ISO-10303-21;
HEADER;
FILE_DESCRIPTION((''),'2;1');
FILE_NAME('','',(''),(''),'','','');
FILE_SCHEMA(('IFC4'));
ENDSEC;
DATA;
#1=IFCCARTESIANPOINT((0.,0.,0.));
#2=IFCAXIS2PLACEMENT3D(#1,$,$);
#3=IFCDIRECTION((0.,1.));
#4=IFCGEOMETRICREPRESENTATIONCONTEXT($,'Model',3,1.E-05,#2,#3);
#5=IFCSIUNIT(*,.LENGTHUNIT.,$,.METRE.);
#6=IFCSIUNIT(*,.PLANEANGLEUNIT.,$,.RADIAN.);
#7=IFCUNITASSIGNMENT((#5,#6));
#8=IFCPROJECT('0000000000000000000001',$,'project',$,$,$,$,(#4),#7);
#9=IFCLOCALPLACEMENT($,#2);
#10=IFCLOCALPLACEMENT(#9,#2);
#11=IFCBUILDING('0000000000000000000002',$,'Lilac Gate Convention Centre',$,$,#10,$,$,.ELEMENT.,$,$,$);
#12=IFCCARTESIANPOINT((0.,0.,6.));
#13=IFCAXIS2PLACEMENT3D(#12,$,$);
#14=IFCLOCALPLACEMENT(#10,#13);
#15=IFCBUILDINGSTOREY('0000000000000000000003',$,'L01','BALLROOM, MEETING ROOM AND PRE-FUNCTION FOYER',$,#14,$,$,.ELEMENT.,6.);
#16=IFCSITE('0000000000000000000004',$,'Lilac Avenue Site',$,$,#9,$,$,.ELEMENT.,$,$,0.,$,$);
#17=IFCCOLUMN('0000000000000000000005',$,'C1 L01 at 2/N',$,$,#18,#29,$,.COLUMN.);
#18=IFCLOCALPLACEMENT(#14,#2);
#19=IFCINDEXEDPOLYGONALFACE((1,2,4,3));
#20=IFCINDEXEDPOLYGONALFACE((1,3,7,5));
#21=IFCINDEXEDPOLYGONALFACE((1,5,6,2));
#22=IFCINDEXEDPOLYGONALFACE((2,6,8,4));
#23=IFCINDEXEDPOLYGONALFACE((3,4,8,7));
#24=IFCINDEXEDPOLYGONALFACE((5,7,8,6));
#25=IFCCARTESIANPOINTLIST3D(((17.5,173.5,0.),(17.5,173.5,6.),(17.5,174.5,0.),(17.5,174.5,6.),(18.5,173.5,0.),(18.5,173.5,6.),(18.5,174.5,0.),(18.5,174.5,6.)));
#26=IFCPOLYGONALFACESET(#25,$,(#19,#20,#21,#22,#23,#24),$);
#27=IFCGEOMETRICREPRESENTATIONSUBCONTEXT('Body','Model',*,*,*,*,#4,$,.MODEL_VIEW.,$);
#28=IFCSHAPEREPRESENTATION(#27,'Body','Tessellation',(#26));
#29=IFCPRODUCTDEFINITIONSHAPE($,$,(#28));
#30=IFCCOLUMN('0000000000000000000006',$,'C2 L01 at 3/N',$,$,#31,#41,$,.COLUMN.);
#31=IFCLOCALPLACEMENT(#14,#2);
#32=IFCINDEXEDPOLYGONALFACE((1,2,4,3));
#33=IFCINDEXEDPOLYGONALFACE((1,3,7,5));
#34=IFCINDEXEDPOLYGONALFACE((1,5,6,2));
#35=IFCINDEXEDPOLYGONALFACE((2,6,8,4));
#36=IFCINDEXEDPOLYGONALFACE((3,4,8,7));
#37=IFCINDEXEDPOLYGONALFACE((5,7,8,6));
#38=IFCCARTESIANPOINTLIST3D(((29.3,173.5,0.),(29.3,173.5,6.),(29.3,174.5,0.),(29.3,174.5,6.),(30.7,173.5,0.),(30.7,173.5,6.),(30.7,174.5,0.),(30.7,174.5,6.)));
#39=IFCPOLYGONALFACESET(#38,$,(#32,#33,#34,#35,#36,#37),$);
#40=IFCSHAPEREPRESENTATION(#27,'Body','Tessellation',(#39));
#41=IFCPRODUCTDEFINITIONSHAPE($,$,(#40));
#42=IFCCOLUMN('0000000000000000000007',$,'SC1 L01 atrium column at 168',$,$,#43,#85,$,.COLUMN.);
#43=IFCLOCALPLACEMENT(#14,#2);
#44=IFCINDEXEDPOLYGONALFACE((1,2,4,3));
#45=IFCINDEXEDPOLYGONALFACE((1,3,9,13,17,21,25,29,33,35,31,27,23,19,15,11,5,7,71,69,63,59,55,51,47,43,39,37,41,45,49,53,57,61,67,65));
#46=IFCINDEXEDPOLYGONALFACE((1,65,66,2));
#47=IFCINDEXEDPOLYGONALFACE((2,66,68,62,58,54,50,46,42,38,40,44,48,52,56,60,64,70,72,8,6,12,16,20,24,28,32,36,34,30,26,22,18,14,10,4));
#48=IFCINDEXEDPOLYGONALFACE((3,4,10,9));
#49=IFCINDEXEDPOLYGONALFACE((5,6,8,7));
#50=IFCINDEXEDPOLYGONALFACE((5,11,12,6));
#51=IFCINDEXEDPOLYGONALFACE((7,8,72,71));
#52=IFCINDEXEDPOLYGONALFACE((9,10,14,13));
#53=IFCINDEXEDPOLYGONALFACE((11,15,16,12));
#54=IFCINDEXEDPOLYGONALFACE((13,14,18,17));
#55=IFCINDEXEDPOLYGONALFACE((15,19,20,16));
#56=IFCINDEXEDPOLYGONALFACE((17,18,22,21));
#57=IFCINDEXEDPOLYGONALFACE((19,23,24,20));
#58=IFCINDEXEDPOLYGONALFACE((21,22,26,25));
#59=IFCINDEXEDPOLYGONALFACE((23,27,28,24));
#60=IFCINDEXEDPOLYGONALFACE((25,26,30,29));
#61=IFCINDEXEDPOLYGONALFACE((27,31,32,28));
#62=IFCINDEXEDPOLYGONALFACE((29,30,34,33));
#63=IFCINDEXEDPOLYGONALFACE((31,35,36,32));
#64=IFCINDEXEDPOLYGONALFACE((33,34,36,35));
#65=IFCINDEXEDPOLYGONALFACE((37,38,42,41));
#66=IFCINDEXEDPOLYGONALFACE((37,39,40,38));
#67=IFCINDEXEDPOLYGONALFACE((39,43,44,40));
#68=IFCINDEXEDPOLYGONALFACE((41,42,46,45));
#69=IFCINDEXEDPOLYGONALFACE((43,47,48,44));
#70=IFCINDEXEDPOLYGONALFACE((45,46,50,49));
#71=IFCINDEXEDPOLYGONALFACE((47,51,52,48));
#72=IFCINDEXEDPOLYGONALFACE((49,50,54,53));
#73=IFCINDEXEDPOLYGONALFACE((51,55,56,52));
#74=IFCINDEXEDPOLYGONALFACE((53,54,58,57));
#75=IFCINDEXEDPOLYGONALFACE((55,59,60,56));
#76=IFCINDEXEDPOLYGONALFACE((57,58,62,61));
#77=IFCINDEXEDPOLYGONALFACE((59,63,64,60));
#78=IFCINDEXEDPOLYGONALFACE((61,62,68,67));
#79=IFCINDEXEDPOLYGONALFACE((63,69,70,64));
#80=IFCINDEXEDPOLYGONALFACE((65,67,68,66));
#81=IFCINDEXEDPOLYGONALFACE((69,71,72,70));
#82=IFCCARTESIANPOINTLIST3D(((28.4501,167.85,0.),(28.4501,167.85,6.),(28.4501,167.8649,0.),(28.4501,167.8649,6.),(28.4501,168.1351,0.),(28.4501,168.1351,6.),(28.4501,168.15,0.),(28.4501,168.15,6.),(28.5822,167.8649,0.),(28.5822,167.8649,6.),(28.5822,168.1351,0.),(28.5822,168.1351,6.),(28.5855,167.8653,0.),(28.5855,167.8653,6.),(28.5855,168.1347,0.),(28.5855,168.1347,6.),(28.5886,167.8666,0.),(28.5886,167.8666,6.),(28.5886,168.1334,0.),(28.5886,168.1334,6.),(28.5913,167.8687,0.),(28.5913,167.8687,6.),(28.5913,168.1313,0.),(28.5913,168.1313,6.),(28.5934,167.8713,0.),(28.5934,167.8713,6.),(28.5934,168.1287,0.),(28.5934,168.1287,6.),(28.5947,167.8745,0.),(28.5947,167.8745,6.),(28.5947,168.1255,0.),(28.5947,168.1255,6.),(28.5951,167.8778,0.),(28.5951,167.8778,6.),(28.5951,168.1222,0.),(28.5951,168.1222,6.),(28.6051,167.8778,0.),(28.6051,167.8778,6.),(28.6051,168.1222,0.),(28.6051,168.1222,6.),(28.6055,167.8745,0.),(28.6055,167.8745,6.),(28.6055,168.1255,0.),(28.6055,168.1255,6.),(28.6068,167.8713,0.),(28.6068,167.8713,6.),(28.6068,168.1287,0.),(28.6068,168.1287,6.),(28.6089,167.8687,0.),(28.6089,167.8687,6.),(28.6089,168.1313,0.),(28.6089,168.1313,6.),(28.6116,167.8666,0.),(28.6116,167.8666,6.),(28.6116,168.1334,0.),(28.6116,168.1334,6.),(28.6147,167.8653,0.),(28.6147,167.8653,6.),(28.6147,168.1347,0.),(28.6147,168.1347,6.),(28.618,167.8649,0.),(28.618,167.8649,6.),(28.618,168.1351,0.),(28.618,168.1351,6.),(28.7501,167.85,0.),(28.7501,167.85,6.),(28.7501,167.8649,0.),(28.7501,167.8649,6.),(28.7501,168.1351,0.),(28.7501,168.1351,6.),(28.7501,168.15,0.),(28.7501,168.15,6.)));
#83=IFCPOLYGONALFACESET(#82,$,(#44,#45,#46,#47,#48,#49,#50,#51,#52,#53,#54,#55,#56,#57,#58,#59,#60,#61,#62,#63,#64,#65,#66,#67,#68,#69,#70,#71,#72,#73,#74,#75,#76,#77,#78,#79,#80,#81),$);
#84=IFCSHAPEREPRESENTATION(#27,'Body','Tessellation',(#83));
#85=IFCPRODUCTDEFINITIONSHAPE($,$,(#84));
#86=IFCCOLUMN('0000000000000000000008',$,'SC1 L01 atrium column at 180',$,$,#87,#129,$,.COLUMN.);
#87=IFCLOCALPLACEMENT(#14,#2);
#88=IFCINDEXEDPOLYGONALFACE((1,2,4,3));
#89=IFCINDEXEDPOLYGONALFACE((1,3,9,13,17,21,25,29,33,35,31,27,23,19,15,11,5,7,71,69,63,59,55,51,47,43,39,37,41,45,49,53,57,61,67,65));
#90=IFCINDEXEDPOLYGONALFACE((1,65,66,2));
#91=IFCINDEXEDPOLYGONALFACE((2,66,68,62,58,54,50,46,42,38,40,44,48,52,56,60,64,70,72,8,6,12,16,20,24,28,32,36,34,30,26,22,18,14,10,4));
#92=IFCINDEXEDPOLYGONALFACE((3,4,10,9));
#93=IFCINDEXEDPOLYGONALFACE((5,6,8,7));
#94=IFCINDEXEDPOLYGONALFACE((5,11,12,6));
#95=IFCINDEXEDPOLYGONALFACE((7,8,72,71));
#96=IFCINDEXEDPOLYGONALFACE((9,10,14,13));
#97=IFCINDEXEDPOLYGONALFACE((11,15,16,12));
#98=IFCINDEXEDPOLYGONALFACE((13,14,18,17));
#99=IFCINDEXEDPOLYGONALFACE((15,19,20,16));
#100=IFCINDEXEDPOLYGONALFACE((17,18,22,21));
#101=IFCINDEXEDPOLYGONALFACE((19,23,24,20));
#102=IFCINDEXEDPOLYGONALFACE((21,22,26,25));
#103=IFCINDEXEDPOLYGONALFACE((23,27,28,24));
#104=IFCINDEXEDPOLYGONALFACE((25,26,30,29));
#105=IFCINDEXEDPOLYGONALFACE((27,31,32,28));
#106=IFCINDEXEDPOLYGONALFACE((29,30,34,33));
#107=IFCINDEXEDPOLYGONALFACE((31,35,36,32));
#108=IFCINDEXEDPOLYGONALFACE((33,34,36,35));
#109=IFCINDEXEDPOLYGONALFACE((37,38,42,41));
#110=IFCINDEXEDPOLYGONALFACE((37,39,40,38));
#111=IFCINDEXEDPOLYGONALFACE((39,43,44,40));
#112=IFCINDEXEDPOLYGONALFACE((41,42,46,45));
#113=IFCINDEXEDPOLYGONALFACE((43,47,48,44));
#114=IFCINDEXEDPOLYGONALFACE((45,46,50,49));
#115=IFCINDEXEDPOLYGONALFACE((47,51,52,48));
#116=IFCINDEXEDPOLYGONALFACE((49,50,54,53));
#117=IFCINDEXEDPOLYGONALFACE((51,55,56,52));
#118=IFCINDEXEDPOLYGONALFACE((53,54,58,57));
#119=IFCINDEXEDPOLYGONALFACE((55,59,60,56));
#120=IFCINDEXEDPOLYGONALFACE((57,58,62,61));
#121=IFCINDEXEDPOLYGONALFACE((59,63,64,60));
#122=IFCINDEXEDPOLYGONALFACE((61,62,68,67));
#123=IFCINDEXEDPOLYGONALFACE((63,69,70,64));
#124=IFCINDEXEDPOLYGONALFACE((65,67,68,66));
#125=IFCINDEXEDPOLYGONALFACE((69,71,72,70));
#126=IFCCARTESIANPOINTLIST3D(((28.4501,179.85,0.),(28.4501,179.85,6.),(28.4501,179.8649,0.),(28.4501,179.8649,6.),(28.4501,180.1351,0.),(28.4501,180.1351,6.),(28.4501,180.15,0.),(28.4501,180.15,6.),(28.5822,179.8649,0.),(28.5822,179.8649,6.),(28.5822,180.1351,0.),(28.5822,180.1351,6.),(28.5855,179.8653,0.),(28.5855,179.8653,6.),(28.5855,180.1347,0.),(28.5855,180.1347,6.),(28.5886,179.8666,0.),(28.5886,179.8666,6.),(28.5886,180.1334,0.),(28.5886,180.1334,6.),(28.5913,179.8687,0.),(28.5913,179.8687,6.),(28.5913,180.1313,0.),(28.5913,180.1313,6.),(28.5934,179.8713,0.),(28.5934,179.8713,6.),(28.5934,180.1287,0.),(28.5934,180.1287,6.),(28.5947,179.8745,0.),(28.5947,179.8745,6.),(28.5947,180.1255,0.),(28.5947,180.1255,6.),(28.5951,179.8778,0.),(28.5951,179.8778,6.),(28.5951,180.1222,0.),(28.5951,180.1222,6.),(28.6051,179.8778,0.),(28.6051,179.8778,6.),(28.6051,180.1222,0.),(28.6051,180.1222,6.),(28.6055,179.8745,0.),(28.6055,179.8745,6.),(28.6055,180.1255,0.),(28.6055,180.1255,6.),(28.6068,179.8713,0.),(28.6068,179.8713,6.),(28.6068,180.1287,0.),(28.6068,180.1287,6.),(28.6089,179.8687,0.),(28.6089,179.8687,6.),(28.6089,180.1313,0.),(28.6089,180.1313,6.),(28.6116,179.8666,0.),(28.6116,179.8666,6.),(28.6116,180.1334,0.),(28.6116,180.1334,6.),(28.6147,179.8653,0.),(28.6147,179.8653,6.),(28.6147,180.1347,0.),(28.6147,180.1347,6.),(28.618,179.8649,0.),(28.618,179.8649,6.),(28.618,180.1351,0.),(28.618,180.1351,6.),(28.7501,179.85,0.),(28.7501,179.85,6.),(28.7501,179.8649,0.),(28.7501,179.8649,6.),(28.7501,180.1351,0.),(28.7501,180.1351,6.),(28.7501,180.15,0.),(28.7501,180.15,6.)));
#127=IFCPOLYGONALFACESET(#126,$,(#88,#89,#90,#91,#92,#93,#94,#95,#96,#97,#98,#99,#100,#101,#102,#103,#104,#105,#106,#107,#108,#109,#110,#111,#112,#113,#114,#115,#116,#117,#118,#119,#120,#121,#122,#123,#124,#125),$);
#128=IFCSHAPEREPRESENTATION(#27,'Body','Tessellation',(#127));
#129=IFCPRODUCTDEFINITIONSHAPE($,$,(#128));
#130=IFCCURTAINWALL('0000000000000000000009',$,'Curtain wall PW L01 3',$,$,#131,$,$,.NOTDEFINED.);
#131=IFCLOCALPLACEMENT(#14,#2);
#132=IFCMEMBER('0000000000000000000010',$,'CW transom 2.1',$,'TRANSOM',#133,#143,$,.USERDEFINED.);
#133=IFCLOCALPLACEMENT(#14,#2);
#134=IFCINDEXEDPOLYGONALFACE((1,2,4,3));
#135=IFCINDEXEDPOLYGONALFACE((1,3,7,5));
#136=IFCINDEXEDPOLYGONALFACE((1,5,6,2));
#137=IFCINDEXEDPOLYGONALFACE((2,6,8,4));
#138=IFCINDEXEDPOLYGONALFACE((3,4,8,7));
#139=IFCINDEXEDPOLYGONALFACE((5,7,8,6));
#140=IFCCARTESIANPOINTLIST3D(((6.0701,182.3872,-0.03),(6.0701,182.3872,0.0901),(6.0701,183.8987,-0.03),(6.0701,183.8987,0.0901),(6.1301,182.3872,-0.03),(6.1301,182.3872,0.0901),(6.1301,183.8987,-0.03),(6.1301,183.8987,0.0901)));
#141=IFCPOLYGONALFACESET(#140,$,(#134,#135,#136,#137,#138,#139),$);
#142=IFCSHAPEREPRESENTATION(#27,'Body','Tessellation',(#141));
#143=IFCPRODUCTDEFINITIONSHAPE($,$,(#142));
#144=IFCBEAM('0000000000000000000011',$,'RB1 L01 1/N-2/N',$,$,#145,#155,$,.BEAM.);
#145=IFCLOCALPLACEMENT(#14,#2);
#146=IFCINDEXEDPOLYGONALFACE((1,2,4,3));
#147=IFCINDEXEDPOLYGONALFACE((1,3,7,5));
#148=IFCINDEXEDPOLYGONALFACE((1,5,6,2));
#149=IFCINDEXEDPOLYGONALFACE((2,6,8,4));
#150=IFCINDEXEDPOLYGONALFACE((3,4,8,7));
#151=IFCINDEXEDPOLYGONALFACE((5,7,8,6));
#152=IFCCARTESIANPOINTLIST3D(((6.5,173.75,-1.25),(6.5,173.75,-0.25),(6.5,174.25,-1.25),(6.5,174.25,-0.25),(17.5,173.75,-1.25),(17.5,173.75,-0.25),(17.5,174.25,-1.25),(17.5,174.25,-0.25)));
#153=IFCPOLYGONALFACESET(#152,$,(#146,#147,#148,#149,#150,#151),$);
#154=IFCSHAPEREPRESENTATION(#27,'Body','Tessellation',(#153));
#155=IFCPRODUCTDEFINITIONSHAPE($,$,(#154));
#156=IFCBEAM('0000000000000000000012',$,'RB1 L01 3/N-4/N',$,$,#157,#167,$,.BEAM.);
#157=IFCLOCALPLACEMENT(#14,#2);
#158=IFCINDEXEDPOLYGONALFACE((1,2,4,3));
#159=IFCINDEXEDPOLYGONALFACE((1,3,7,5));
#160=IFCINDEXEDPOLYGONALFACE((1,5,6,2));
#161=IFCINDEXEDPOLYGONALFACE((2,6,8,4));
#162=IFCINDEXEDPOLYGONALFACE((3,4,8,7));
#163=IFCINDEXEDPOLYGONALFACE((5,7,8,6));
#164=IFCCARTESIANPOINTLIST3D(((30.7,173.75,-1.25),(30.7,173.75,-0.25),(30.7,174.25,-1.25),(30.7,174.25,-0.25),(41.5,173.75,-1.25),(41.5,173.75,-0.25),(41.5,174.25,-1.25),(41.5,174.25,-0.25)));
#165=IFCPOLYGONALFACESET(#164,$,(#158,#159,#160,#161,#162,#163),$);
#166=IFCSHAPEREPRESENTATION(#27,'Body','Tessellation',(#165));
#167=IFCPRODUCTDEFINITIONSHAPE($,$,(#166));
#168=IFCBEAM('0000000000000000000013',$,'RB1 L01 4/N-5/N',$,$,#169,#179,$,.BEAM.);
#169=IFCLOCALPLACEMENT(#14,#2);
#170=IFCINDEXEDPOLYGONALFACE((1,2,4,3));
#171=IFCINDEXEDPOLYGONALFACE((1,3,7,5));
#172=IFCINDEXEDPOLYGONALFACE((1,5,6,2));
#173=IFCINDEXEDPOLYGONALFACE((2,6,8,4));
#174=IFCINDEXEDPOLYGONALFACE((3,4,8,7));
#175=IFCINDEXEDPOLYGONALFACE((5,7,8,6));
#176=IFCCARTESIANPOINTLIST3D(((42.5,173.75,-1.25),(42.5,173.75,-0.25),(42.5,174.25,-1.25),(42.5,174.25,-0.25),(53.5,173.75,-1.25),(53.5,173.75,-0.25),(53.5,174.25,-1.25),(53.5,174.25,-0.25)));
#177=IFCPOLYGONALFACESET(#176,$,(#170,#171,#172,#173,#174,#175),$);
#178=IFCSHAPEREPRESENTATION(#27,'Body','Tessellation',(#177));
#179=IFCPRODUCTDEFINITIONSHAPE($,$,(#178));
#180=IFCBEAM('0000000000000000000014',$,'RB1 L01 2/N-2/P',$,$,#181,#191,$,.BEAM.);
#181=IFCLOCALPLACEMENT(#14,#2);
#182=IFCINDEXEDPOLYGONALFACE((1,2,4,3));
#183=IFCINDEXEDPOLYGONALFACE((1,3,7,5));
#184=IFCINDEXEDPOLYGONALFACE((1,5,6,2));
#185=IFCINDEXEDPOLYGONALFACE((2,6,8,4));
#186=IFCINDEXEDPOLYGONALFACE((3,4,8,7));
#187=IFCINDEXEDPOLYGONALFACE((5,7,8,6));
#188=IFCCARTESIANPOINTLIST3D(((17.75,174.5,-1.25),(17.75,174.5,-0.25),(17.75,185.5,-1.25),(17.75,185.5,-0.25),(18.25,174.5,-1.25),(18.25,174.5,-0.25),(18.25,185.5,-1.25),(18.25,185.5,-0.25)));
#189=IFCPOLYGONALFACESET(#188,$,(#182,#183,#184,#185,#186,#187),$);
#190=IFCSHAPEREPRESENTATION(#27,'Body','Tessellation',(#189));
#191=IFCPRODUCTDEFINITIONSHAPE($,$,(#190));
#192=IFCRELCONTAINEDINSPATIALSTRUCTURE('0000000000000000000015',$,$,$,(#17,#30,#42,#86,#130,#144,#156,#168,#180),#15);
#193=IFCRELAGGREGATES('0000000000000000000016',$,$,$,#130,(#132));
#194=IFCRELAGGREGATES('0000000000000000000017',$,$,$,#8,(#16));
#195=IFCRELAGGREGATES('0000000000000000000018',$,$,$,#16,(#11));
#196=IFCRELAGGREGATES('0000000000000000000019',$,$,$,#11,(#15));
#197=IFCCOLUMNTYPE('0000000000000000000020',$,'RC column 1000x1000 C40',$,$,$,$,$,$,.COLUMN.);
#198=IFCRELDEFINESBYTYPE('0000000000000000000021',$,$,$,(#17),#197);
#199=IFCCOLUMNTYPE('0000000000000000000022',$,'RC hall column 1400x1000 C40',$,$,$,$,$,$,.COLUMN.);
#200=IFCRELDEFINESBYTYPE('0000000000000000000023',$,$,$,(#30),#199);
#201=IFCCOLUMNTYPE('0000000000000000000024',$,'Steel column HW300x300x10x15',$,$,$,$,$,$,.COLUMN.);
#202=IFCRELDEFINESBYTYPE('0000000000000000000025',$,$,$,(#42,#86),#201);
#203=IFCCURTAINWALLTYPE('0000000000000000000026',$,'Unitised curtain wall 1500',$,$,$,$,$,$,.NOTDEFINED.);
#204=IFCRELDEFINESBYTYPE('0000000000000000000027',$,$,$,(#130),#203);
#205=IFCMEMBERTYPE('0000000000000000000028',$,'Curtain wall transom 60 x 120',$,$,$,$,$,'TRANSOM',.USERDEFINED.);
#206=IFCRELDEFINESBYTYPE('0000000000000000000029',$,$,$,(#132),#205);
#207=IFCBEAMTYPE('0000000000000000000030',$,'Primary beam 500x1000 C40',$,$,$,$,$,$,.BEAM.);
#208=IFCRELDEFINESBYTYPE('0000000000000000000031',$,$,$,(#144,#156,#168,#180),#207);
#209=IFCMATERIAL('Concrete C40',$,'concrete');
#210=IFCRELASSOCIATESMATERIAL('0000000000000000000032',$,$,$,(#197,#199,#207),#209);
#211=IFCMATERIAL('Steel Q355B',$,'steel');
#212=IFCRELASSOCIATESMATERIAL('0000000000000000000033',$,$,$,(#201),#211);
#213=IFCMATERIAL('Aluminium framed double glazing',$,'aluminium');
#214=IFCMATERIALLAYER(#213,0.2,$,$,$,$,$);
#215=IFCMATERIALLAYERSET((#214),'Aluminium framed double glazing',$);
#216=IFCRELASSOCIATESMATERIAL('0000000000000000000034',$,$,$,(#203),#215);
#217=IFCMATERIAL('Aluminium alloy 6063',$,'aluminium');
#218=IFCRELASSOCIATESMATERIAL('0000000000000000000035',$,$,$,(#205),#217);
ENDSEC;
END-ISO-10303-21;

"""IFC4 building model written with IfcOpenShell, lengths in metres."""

from ifc_helpers import new_model, si_unit, direction, frame, origin, origin_2d, place, context, subcontext, project, spatial, rectangle, i_section, extrude, material, layer, layer_set, material_profile, profile_set, type_object, element, aggregate, save


model = new_model("IFC4")

# Units and contexts
model_context = context("Model", 3, precision=1e-05, world=origin(), true_north=direction((0.0, 1.0)))
body_context = subcontext(model_context, "Body", "Model", "MODEL_VIEW")
ifc_project = project(units=[si_unit("LENGTHUNIT", "METRE"), si_unit("PLANEANGLEUNIT", "RADIAN")], contexts=[model_context])

# Site, building, storey
site_placement = place(None, origin())
site = spatial("IfcSite", under=ifc_project, at=site_placement, Name="Lilac Avenue Site", CompositionType="ELEMENT", RefElevation=0.0)
building_placement = place(site_placement, origin())
building = spatial("IfcBuilding", under=site, at=building_placement, Name="Lilac Gate Convention Centre", CompositionType="ELEMENT")
storey_placement = place(building_placement, frame((0.0, 0.0, 6.0)))
storey = spatial("IfcBuildingStorey", under=building, at=storey_placement, Name="L01", Description="BALLROOM, MEETING ROOM AND PRE-FUNCTION FOYER", CompositionType="ELEMENT", Elevation=6.0)

# Columns
ifc_material_1 = material(Name="Concrete C40", Category="concrete")
ifc_material_profile_1 = material_profile(ifc_material_1, rectangle(XDim=1.0, YDim=1.0, at=origin_2d()), Name="RC 1000x1000")
ifc_profile_set_1 = profile_set([ifc_material_profile_1], Name="Concrete C40")
column_type_1 = type_object("IfcColumnType", Name="RC column 1000x1000 C40", PredefinedType="COLUMN", material=ifc_profile_set_1)
column_1_placement = place(storey_placement, frame((18.0, 174.0, 0.0), z_axis=(0.0, 0.0, 1.0), x_axis=(1.0, 0.0, 0.0)))
element("IfcColumn", 1, at=column_1_placement, inside=storey, type_object=column_type_1, Name="C1 L01 at 2/N", PredefinedType="COLUMN", context=body_context, shape_type="SweptSolid", body=[
    extrude(rectangle(XDim=1.0, YDim=1.0, at=origin_2d()), origin(), (0.0, 0.0, 1.0), 6.0),
])
ifc_material_profile_2 = material_profile(ifc_material_1, rectangle(XDim=1.3999, YDim=1.0, at=origin_2d()), Name="RC 1400x1000")
ifc_profile_set_2 = profile_set([ifc_material_profile_2], Name="Concrete C40")
column_type_2 = type_object("IfcColumnType", Name="RC hall column 1400x1000 C40", PredefinedType="COLUMN", material=ifc_profile_set_2)
column_2_placement = place(storey_placement, frame((30.0, 174.0, 0.0), z_axis=(0.0, 0.0, 1.0), x_axis=(1.0, 0.0, 0.0)))
element("IfcColumn", 2, at=column_2_placement, inside=storey, type_object=column_type_2, Name="C2 L01 at 3/N", PredefinedType="COLUMN", context=body_context, shape_type="SweptSolid", body=[
    extrude(rectangle(XDim=1.3999, YDim=1.0, at=origin_2d()), origin(), (0.0, 0.0, 1.0), 6.0),
])
ifc_material_2 = material(Name="Steel Q355B", Category="steel")
ifc_material_profile_3 = material_profile(ifc_material_2, i_section(OverallWidth=0.3, OverallDepth=0.3, WebThickness=0.01, FlangeThickness=0.0149, FilletRadius=0.0129, at=origin_2d()), Name="HW300x300x10x15")
ifc_profile_set_3 = profile_set([ifc_material_profile_3], Name="Steel Q355B")
column_type_3 = type_object("IfcColumnType", Name="Steel column HW300x300x10x15", PredefinedType="COLUMN", material=ifc_profile_set_3)
for number, where, z_axis, x_axis, name in (
    (3, (28.6001, 168.0, 0.0), (0.0, 0.0, 1.0), (1.0, 0.0, 0.0), "SC1 L01 atrium column at 168"),
    (4, (28.6001, 180.0, 0.0), (0.0, 0.0, 1.0), (1.0, 0.0, 0.0), "SC1 L01 atrium column at 180"),
):
    element("IfcColumn", number, at=place(storey_placement, frame(where, z_axis=z_axis, x_axis=x_axis)), inside=storey, type_object=column_type_3, Name=name, PredefinedType="COLUMN", context=body_context, shape_type="SweptSolid", body=[
        extrude(i_section(OverallWidth=0.3, OverallDepth=0.3, WebThickness=0.01, FlangeThickness=0.0149, FilletRadius=0.0129, at=origin_2d()), origin(), (0.0, 0.0, 1.0), 6.0),
    ])

# Curtain wall, member
ifc_material_3 = material(Name="Aluminium framed double glazing", Category="aluminium")
ifc_layer_1 = layer(ifc_material_3, 0.2)
ifc_layer_set_1 = layer_set([ifc_layer_1], Name="Aluminium framed double glazing")
curtain_wall_type = type_object("IfcCurtainWallType", Name="Unitised curtain wall 1500", PredefinedType="NOTDEFINED", material=ifc_layer_set_1)
curtain_wall_placement = place(storey_placement, origin())
curtain_wall = element("IfcCurtainWall", 5, at=curtain_wall_placement, inside=storey, type_object=curtain_wall_type, Name="Curtain wall PW L01 3", PredefinedType="NOTDEFINED")
ifc_material_4 = material(Name="Aluminium alloy 6063", Category="aluminium")
ifc_material_profile_4 = material_profile(ifc_material_4, rectangle(XDim=0.0601, YDim=0.1201, at=origin_2d()), Name="Curtain wall transom 60 x 120")
ifc_profile_set_4 = profile_set([ifc_material_profile_4], Name="Aluminium alloy 6063")
member_type = type_object("IfcMemberType", Name="Curtain wall transom 60 x 120", ElementType="TRANSOM", PredefinedType="USERDEFINED", material=ifc_profile_set_4)
member_placement = place(storey_placement, frame((6.1001, 183.8987, 0.03), z_axis=(0.0, -1.0, 0.0), x_axis=(1.0, 0.0, 0.0)))
member = element("IfcMember", 6, at=member_placement, type_object=member_type, Name="CW transom 2.1", ObjectType="TRANSOM", PredefinedType="USERDEFINED", context=body_context, shape_type="SweptSolid", body=[
    extrude(rectangle(XDim=0.0601, YDim=0.1201, at=origin_2d()), origin(), (0.0, 0.0, 1.0), 1.5115),
])

# Beams
ifc_material_profile_5 = material_profile(ifc_material_1, rectangle(XDim=0.5, YDim=1.0, at=origin_2d()), Name="RC 500x1000")
ifc_profile_set_5 = profile_set([ifc_material_profile_5], Name="Concrete C40")
beam_type_1 = type_object("IfcBeamType", Name="Primary beam 500x1000 C40", PredefinedType="BEAM", material=ifc_profile_set_5)
beam_1_placement = place(storey_placement, frame((6.5, 174.0, -0.75), z_axis=(1.0, 0.0, 0.0), x_axis=(0.0, 1.0, 0.0)))
element("IfcBeam", 7, at=beam_1_placement, inside=storey, type_object=beam_type_1, Name="RB1 L01 1/N-2/N", PredefinedType="BEAM", context=body_context, shape_type="SweptSolid", body=[
    extrude(rectangle(XDim=0.5, YDim=1.0, at=origin_2d()), origin(), (0.0, 0.0, 1.0), 11.0),
])
beam_2_placement = place(storey_placement, frame((30.7, 174.0, -0.75), z_axis=(1.0, 0.0, 0.0), x_axis=(0.0, 1.0, 0.0)))
element("IfcBeam", 8, at=beam_2_placement, inside=storey, type_object=beam_type_1, Name="RB1 L01 3/N-4/N", PredefinedType="BEAM", context=body_context, shape_type="SweptSolid", body=[
    extrude(rectangle(XDim=0.5, YDim=1.0, at=origin_2d()), origin(), (0.0, 0.0, 1.0), 10.8),
])
for number, where, z_axis, x_axis, name in (
    (9, (42.5, 174.0, -0.75), (1.0, 0.0, 0.0), (0.0, 1.0, 0.0), "RB1 L01 4/N-5/N"),
    (10, (18.0, 174.5, -0.75), (0.0, 1.0, 0.0), (-1.0, 0.0, 0.0), "RB1 L01 2/N-2/P"),
):
    element("IfcBeam", number, at=place(storey_placement, frame(where, z_axis=z_axis, x_axis=x_axis)), inside=storey, type_object=beam_type_1, Name=name, PredefinedType="BEAM", context=body_context, shape_type="SweptSolid", body=[
        extrude(rectangle(XDim=0.5, YDim=1.0, at=origin_2d()), origin(), (0.0, 0.0, 1.0), 11.0),
    ])

aggregate(curtain_wall, [member])

save(model, "model.ifc")
